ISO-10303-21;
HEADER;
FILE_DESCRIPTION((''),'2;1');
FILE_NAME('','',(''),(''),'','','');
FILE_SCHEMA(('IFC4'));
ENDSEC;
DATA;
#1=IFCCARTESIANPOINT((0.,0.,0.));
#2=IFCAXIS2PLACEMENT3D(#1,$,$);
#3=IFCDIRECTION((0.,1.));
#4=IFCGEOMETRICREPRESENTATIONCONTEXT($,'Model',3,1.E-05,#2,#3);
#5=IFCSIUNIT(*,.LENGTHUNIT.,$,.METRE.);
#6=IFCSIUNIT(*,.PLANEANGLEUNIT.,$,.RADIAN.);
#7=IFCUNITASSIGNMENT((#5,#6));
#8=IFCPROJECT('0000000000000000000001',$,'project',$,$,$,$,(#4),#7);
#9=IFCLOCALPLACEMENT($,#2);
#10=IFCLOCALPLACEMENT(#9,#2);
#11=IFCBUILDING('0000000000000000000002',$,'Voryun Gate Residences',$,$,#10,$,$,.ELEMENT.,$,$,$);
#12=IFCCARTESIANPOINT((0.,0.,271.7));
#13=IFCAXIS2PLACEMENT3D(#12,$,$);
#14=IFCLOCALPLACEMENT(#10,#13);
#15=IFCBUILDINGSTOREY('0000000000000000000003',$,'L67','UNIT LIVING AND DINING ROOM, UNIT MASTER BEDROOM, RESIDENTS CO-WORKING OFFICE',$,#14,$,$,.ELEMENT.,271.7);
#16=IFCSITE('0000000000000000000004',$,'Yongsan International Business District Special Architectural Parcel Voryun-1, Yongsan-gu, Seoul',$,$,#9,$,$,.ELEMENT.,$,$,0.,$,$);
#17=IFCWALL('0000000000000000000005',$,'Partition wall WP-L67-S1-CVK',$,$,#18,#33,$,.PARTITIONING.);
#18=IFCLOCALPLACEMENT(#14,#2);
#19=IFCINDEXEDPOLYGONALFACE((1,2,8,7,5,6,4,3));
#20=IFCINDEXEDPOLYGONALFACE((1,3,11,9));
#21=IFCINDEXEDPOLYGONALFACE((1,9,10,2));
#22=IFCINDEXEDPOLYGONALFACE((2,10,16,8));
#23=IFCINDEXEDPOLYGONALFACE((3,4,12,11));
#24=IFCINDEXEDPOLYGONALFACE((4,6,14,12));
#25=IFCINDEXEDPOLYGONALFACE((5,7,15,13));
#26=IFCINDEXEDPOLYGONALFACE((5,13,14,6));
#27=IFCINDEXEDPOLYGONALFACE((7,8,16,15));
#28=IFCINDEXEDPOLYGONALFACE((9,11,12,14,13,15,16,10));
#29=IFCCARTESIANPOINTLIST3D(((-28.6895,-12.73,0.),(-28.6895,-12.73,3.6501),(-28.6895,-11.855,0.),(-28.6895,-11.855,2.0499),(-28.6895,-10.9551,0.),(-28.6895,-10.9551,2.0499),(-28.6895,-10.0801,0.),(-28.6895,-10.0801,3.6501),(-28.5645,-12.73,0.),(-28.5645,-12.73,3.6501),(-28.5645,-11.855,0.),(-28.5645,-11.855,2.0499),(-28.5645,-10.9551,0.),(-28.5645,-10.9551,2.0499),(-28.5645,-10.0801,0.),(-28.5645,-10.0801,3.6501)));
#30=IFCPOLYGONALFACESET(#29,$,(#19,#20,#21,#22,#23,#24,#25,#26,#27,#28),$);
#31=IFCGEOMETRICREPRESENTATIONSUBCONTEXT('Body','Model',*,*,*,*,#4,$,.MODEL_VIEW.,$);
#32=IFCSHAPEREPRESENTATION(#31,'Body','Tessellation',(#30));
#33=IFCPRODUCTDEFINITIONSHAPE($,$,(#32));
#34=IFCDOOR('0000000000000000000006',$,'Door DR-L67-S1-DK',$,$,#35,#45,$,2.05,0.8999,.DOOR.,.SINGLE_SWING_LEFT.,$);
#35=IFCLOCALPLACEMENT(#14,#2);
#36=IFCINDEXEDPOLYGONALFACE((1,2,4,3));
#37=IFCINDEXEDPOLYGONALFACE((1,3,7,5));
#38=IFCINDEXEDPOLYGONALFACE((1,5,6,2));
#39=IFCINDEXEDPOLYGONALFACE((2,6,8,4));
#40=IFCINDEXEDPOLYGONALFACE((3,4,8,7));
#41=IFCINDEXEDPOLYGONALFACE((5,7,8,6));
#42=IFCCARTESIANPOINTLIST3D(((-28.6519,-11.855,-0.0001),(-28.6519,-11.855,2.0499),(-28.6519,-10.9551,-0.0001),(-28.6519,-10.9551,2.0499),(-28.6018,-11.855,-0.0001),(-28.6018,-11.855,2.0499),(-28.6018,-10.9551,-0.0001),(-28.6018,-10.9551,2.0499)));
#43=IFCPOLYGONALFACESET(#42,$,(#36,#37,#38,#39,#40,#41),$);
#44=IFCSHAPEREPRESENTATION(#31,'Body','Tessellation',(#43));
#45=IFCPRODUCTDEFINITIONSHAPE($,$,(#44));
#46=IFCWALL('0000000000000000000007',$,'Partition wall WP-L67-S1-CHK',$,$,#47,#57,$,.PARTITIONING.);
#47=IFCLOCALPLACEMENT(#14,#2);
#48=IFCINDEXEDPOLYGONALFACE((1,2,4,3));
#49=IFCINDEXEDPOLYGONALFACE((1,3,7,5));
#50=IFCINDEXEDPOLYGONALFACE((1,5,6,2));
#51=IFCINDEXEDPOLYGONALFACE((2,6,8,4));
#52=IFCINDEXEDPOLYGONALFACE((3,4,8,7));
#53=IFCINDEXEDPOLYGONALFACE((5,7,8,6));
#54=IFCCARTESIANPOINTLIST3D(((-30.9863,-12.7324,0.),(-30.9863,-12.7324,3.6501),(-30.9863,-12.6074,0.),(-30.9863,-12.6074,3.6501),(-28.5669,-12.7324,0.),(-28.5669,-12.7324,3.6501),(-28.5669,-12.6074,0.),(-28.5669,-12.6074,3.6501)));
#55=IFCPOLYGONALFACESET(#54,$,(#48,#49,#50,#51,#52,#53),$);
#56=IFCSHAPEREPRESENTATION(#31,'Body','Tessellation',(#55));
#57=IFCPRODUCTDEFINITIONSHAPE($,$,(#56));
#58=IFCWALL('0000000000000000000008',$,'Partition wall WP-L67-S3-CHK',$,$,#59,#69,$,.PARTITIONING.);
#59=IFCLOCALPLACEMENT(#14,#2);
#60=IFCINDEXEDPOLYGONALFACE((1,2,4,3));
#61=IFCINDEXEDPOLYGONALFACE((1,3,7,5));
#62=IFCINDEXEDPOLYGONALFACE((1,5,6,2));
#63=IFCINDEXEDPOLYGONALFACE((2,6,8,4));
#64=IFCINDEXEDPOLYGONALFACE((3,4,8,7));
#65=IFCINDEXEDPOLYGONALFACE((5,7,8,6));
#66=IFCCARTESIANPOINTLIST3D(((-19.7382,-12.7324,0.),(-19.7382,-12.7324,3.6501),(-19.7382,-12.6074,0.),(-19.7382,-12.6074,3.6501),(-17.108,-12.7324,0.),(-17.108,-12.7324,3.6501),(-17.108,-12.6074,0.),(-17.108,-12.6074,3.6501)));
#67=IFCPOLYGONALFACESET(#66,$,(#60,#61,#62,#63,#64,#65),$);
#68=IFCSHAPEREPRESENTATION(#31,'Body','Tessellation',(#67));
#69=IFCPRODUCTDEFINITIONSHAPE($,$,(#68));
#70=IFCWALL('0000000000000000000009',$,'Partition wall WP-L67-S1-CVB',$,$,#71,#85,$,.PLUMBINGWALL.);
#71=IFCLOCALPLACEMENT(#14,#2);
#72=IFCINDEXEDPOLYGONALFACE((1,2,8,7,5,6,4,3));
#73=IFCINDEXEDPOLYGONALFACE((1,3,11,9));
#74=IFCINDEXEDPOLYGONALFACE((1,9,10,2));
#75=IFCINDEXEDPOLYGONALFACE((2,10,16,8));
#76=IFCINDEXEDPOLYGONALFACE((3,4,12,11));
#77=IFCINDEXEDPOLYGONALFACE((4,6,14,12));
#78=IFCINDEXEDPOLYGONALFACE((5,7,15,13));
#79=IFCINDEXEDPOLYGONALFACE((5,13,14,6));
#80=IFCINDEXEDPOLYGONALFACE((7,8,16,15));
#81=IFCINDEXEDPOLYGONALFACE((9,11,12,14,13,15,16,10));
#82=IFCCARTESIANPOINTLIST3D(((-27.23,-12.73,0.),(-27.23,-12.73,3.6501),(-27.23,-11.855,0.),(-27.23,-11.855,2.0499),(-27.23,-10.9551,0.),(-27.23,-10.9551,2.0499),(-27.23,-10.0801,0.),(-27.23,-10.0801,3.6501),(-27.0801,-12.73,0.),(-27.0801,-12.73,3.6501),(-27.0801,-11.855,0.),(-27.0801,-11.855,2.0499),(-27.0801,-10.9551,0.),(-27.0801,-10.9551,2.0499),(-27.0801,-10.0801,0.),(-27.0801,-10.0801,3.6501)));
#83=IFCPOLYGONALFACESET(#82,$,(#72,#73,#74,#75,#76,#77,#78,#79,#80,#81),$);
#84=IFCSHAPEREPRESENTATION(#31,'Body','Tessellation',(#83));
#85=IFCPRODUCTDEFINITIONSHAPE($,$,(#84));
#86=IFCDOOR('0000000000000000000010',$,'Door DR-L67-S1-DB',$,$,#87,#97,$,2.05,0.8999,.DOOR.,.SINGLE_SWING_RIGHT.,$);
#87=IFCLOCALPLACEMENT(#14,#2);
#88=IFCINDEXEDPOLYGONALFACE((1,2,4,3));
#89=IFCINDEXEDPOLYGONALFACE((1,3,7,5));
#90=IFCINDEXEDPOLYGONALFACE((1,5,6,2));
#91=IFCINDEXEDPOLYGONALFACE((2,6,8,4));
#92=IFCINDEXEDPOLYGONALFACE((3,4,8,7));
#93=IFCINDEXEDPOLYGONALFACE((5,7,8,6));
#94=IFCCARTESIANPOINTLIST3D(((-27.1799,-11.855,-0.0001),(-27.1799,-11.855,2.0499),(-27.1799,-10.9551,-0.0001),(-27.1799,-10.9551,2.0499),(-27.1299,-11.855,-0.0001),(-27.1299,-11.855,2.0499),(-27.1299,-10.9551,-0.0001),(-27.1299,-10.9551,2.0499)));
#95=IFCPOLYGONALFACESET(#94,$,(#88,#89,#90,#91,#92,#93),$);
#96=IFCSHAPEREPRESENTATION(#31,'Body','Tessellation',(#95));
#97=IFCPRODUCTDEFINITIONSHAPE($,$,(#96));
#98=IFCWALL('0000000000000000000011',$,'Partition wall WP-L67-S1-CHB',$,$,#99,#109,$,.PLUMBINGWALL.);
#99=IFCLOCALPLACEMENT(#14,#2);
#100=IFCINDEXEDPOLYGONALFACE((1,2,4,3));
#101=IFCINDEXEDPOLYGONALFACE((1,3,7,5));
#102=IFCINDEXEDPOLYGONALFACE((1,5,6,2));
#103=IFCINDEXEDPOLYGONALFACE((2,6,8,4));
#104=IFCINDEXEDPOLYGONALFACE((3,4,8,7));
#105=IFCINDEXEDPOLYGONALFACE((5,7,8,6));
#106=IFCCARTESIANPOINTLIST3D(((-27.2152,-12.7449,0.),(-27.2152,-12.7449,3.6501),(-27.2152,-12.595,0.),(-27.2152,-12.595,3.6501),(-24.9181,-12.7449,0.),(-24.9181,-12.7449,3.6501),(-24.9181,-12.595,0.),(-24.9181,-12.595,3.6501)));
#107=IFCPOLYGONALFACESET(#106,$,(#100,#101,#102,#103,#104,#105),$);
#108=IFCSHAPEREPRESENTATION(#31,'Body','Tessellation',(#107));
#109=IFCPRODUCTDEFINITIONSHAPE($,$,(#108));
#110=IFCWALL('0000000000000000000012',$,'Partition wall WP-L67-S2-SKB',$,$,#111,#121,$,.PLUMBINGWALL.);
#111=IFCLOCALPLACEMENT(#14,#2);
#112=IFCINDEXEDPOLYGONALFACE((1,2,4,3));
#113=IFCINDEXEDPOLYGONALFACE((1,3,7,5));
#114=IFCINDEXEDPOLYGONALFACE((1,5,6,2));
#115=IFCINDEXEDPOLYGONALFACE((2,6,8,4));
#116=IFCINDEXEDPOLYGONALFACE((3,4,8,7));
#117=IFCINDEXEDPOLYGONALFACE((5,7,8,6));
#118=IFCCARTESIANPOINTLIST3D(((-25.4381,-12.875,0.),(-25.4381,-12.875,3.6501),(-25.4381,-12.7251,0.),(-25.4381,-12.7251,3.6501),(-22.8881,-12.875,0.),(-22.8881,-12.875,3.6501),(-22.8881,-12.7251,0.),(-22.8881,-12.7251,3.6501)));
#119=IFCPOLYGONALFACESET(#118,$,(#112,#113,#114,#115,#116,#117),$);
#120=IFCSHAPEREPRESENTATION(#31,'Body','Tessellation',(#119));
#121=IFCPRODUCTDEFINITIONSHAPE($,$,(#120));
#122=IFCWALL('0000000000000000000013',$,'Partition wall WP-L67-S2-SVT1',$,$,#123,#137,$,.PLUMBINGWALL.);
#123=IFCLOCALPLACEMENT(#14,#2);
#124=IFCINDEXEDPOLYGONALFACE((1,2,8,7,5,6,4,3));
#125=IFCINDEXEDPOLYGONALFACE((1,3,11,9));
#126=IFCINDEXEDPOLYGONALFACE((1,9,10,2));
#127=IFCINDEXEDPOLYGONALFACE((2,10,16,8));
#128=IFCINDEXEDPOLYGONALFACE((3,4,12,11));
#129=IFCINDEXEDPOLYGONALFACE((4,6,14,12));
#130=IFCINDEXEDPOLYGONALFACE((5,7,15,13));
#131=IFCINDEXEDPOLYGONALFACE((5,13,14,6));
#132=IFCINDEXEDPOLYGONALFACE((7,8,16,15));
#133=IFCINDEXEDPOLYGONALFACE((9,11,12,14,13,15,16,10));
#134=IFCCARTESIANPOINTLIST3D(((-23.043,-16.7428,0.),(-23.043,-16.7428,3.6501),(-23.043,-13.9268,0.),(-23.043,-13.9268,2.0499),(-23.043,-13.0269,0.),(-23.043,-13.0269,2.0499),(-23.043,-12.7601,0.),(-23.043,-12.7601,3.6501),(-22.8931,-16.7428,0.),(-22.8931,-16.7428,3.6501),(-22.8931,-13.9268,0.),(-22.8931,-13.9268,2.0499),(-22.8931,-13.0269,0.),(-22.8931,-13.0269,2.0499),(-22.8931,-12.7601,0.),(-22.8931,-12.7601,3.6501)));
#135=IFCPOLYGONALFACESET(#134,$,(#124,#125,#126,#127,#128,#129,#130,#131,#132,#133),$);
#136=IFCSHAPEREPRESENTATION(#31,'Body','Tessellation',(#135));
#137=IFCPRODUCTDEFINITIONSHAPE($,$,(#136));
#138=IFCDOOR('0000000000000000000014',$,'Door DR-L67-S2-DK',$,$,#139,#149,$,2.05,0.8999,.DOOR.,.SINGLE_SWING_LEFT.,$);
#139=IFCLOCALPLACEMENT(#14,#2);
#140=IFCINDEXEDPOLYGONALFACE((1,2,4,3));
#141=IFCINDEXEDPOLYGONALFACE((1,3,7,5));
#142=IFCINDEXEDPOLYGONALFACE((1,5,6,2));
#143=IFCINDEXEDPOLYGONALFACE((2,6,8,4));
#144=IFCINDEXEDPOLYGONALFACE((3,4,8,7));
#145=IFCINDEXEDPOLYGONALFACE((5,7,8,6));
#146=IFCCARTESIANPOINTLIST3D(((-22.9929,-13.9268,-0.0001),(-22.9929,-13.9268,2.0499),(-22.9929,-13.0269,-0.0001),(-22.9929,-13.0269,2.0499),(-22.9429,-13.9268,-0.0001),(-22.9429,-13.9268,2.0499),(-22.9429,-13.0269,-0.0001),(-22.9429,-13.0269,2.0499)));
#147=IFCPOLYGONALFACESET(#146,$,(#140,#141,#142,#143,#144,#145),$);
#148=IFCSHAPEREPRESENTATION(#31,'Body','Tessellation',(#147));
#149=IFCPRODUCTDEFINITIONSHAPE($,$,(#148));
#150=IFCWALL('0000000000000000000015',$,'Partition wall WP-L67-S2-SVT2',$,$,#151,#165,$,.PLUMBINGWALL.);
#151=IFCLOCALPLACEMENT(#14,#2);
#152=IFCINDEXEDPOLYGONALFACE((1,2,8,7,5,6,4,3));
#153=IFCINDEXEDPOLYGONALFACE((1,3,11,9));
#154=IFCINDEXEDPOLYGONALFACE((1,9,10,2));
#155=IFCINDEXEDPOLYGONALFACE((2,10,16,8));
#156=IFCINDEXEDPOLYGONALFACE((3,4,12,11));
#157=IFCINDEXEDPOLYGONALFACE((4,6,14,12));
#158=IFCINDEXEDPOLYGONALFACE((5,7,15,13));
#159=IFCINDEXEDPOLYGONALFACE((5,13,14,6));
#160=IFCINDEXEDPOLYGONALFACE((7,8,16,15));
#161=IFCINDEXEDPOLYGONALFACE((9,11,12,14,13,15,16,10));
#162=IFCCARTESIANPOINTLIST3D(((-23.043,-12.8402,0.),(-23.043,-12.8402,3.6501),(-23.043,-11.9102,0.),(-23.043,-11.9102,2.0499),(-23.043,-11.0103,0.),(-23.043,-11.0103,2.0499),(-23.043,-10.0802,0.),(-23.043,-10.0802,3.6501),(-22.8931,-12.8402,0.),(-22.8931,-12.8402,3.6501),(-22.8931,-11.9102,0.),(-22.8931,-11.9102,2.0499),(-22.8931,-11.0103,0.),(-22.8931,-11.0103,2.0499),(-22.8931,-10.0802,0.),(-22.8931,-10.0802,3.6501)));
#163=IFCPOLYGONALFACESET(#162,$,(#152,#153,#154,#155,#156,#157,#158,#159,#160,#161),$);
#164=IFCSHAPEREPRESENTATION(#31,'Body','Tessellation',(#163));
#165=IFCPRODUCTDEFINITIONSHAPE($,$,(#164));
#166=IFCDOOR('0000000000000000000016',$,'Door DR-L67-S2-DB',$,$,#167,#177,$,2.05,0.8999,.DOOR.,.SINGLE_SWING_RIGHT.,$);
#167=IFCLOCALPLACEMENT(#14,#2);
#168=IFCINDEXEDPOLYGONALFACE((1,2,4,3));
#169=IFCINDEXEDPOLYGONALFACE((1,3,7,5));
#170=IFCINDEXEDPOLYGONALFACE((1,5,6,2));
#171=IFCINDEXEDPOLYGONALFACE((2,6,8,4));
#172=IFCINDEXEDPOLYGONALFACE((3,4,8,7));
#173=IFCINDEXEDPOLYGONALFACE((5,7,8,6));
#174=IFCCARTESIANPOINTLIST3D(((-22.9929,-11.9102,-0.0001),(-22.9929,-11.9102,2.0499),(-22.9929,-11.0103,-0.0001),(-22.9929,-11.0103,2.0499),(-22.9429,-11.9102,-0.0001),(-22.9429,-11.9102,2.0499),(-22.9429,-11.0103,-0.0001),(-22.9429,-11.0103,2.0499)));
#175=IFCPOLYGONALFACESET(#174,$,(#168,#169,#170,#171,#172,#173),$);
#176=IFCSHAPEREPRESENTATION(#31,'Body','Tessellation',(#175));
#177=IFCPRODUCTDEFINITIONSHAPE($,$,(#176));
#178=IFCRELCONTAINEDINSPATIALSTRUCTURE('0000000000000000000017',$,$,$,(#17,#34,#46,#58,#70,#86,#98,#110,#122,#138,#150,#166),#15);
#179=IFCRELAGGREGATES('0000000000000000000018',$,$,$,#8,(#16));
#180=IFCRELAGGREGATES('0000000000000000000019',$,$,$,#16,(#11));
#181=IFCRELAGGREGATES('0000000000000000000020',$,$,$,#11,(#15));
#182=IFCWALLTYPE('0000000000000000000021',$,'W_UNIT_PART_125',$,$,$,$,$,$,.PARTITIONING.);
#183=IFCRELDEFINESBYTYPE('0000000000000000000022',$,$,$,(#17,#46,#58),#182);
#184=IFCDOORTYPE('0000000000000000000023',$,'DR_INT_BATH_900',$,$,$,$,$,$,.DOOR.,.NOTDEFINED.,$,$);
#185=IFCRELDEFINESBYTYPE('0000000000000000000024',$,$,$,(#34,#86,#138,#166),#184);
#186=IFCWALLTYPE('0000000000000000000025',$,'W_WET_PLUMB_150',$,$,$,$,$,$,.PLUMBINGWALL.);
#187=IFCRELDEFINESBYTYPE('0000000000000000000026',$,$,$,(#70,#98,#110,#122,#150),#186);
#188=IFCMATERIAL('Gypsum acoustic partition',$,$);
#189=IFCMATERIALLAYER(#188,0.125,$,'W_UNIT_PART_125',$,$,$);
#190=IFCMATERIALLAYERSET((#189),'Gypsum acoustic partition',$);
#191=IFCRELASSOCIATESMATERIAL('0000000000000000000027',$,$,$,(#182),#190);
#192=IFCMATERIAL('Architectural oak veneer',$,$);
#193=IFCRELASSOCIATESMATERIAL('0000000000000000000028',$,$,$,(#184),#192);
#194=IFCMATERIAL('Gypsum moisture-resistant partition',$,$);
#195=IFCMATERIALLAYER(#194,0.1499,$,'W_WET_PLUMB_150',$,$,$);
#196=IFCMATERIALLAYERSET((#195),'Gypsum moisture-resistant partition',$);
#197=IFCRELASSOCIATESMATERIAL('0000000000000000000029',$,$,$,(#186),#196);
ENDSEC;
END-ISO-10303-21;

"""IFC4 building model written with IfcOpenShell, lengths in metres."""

from ifc_helpers import new_model, si_unit, direction, frame, frame_2d, origin, place, context, subcontext, project, spatial, rectangle, extrude, material, layer, layer_set, type_object, element, fill, save


model = new_model("IFC4")

# Units and contexts
model_context = context("Model", 3, precision=1e-05, world=origin(), true_north=direction((0.0, 1.0)))
body_context = subcontext(model_context, "Body", "Model", "MODEL_VIEW")
ifc_project = project(units=[si_unit("LENGTHUNIT", "METRE"), si_unit("PLANEANGLEUNIT", "RADIAN")], contexts=[model_context])

# Site, building, storey
site_placement = place(None, origin())
site = spatial("IfcSite", under=ifc_project, at=site_placement, Name="Yongsan International Business District Special Architectural Parcel Voryun-1, Yongsan-gu, Seoul", CompositionType="ELEMENT", RefElevation=0.0)
building_placement = place(site_placement, origin())
building = spatial("IfcBuilding", under=site, at=building_placement, Name="Voryun Gate Residences", CompositionType="ELEMENT")
storey_placement = place(building_placement, frame((0.0, 0.0, 271.7)))
storey = spatial("IfcBuildingStorey", under=building, at=storey_placement, Name="L67", Description="UNIT LIVING AND DINING ROOM, UNIT MASTER BEDROOM, RESIDENTS CO-WORKING OFFICE", CompositionType="ELEMENT", Elevation=271.7)

# Wall, opening, door
ifc_material_1 = material(Name="Gypsum acoustic partition")
ifc_layer_1 = layer(ifc_material_1, 0.125, Name="W_UNIT_PART_125")
ifc_layer_set_1 = layer_set([ifc_layer_1], Name="Gypsum acoustic partition")
wall_type_1 = type_object("IfcWallType", Name="W_UNIT_PART_125", PredefinedType="PARTITIONING", material=ifc_layer_set_1)
wall_1_placement = place(storey_placement, frame((-28.627, -12.73, 0.0), z_axis=(0.0, 0.0, 1.0), x_axis=(0.0, 1.0, 0.0)))
wall_1 = element("IfcWall", 1, at=wall_1_placement, inside=storey, type_object=wall_type_1, Name="Partition wall WP-L67-S1-CVK", PredefinedType="PARTITIONING", context=body_context, shape_type="SweptSolid", body=[
    extrude(rectangle(XDim=2.6499, YDim=0.125, at=frame_2d((1.325, 0.0))), origin(), (0.0, 0.0, 1.0), 3.6501),
])
opening_1_placement = place(wall_1_placement, frame((0.875, 0.0, 0.0)))
opening_1 = element("IfcOpeningElement", 2, at=opening_1_placement, cuts=wall_1, PredefinedType="OPENING", context=body_context, shape_type="SweptSolid", body=[
    extrude(rectangle(XDim=0.8999, YDim=2.05, at=frame_2d((0.45, 1.0249))), frame((0.0, 0.0725, 0.0), z_axis=(0.0, -1.0, 0.0), x_axis=(1.0, 0.0, 0.0)), (0.0, 0.0, 1.0), 0.145),
])
ifc_material_2 = material(Name="Architectural oak veneer")
door_type = type_object("IfcDoorType", Name="DR_INT_BATH_900", OperationType="NOTDEFINED", PredefinedType="DOOR", material=ifc_material_2)
door_1_placement = place(opening_1_placement, origin())
door_1 = element("IfcDoor", 3, at=door_1_placement, inside=storey, type_object=door_type, Name="Door DR-L67-S1-DK", OperationType="SINGLE_SWING_LEFT", OverallHeight=2.05, OverallWidth=0.8999, PredefinedType="DOOR", context=body_context, shape_type="SweptSolid", body=[
    extrude(rectangle(XDim=0.8999, YDim=2.05, at=frame_2d((0.45, 1.0249))), frame((0.0, 0.0249, 0.0), z_axis=(0.0, -1.0, 0.0), x_axis=(1.0, 0.0, 0.0)), (0.0, 0.0, 1.0), 0.05),
])
fill(opening_1, door_1)

# Walls
wall_2_placement = place(storey_placement, frame((-30.9863, -12.6699, 0.0), z_axis=(0.0, 0.0, 1.0), x_axis=(1.0, 0.0, 0.0)))
element("IfcWall", 4, at=wall_2_placement, inside=storey, type_object=wall_type_1, Name="Partition wall WP-L67-S1-CHK", PredefinedType="PARTITIONING", context=body_context, shape_type="SweptSolid", body=[
    extrude(rectangle(XDim=2.4194, YDim=0.125, at=frame_2d((1.2097, 0.0))), origin(), (0.0, 0.0, 1.0), 3.6501),
])
wall_3_placement = place(storey_placement, frame((-19.738, -12.6699, 0.0), z_axis=(0.0, 0.0, 1.0), x_axis=(1.0, 0.0, 0.0)))
element("IfcWall", 5, at=wall_3_placement, inside=storey, type_object=wall_type_1, Name="Partition wall WP-L67-S3-CHK", PredefinedType="PARTITIONING", context=body_context, shape_type="SweptSolid", body=[
    extrude(rectangle(XDim=2.6301, YDim=0.125, at=frame_2d((1.3149, 0.0))), origin(), (0.0, 0.0, 1.0), 3.6501),
])

# Wall, opening, door
ifc_material_3 = material(Name="Gypsum moisture-resistant partition")
ifc_layer_2 = layer(ifc_material_3, 0.1499, Name="W_WET_PLUMB_150")
ifc_layer_set_2 = layer_set([ifc_layer_2], Name="Gypsum moisture-resistant partition")
wall_type_2 = type_object("IfcWallType", Name="W_WET_PLUMB_150", PredefinedType="PLUMBINGWALL", material=ifc_layer_set_2)
wall_4_placement = place(storey_placement, frame((-27.155, -12.73, 0.0), z_axis=(0.0, 0.0, 1.0), x_axis=(0.0, 1.0, 0.0)))
wall_4 = element("IfcWall", 6, at=wall_4_placement, inside=storey, type_object=wall_type_2, Name="Partition wall WP-L67-S1-CVB", PredefinedType="PLUMBINGWALL", context=body_context, shape_type="SweptSolid", body=[
    extrude(rectangle(XDim=2.6499, YDim=0.1499, at=frame_2d((1.325, 0.0))), origin(), (0.0, 0.0, 1.0), 3.6501),
])
opening_2_placement = place(wall_4_placement, frame((0.875, 0.0, 0.0)))
opening_2 = element("IfcOpeningElement", 7, at=opening_2_placement, cuts=wall_4, PredefinedType="OPENING", context=body_context, shape_type="SweptSolid", body=[
    extrude(rectangle(XDim=0.8999, YDim=2.05, at=frame_2d((0.45, 1.0249))), frame((0.0, 0.085, 0.0), z_axis=(0.0, -1.0, 0.0), x_axis=(1.0, 0.0, 0.0)), (0.0, 0.0, 1.0), 0.1699),
])
door_2_placement = place(opening_2_placement, origin())
door_2 = element("IfcDoor", 8, at=door_2_placement, inside=storey, type_object=door_type, Name="Door DR-L67-S1-DB", OperationType="SINGLE_SWING_RIGHT", OverallHeight=2.05, OverallWidth=0.8999, PredefinedType="DOOR", context=body_context, shape_type="SweptSolid", body=[
    extrude(rectangle(XDim=0.8999, YDim=2.05, at=frame_2d((0.45, 1.0249))), frame((0.0, 0.0249, 0.0), z_axis=(0.0, -1.0, 0.0), x_axis=(1.0, 0.0, 0.0)), (0.0, 0.0, 1.0), 0.05),
])
fill(opening_2, door_2)

# Walls
wall_5_placement = place(storey_placement, frame((-27.2151, -12.6699, 0.0), z_axis=(0.0, 0.0, 1.0), x_axis=(1.0, 0.0, 0.0)))
element("IfcWall", 9, at=wall_5_placement, inside=storey, type_object=wall_type_2, Name="Partition wall WP-L67-S1-CHB", PredefinedType="PLUMBINGWALL", context=body_context, shape_type="SweptSolid", body=[
    extrude(rectangle(XDim=2.2971, YDim=0.1499, at=frame_2d((1.1484, 0.0))), origin(), (0.0, 0.0, 1.0), 3.6501),
])
wall_6_placement = place(storey_placement, frame((-25.438, -12.8, 0.0), z_axis=(0.0, 0.0, 1.0), x_axis=(1.0, 0.0, 0.0)))
element("IfcWall", 10, at=wall_6_placement, inside=storey, type_object=wall_type_2, Name="Partition wall WP-L67-S2-SKB", PredefinedType="PLUMBINGWALL", context=body_context, shape_type="SweptSolid", body=[
    extrude(rectangle(XDim=2.55, YDim=0.1499, at=frame_2d((1.2749, 0.0))), origin(), (0.0, 0.0, 1.0), 3.6501),
])

# Walls, openings, doors
wall_7_placement = place(storey_placement, frame((-22.968, -16.7427, 0.0), z_axis=(0.0, 0.0, 1.0), x_axis=(0.0, 1.0, 0.0)))
wall_7 = element("IfcWall", 11, at=wall_7_placement, inside=storey, type_object=wall_type_2, Name="Partition wall WP-L67-S2-SVT1", PredefinedType="PLUMBINGWALL", context=body_context, shape_type="SweptSolid", body=[
    extrude(rectangle(XDim=3.9827, YDim=0.1499, at=frame_2d((1.9912, 0.0))), origin(), (0.0, 0.0, 1.0), 3.6501),
])
opening_3_placement = place(wall_7_placement, frame((2.8159, 0.0, 0.0)))
opening_3 = element("IfcOpeningElement", 12, at=opening_3_placement, cuts=wall_7, PredefinedType="OPENING", context=body_context, shape_type="SweptSolid", body=[
    extrude(rectangle(XDim=0.8999, YDim=2.05, at=frame_2d((0.45, 1.0249))), frame((0.0, 0.085, 0.0), z_axis=(0.0, -1.0, 0.0), x_axis=(1.0, 0.0, 0.0)), (0.0, 0.0, 1.0), 0.1699),
])
door_3_placement = place(opening_3_placement, origin())
door_3 = element("IfcDoor", 13, at=door_3_placement, inside=storey, type_object=door_type, Name="Door DR-L67-S2-DK", OperationType="SINGLE_SWING_LEFT", OverallHeight=2.05, OverallWidth=0.8999, PredefinedType="DOOR", context=body_context, shape_type="SweptSolid", body=[
    extrude(rectangle(XDim=0.8999, YDim=2.05, at=frame_2d((0.45, 1.0249))), frame((0.0, 0.0249, 0.0), z_axis=(0.0, -1.0, 0.0), x_axis=(1.0, 0.0, 0.0)), (0.0, 0.0, 1.0), 0.05),
])
fill(opening_3, door_3)
wall_8_placement = place(storey_placement, frame((-22.968, -12.8401, 0.0), z_axis=(0.0, 0.0, 1.0), x_axis=(0.0, 1.0, 0.0)))
wall_8 = element("IfcWall", 14, at=wall_8_placement, inside=storey, type_object=wall_type_2, Name="Partition wall WP-L67-S2-SVT2", PredefinedType="PLUMBINGWALL", context=body_context, shape_type="SweptSolid", body=[
    extrude(rectangle(XDim=2.76, YDim=0.1499, at=frame_2d((1.3799, 0.0))), origin(), (0.0, 0.0, 1.0), 3.6501),
])
opening_4_placement = place(wall_8_placement, frame((0.9299, 0.0, 0.0)))
opening_4 = element("IfcOpeningElement", 15, at=opening_4_placement, cuts=wall_8, PredefinedType="OPENING", context=body_context, shape_type="SweptSolid", body=[
    extrude(rectangle(XDim=0.8999, YDim=2.05, at=frame_2d((0.45, 1.0249))), frame((0.0, 0.085, 0.0), z_axis=(0.0, -1.0, 0.0), x_axis=(1.0, 0.0, 0.0)), (0.0, 0.0, 1.0), 0.1699),
])
door_4_placement = place(opening_4_placement, origin())
door_4 = element("IfcDoor", 16, at=door_4_placement, inside=storey, type_object=door_type, Name="Door DR-L67-S2-DB", OperationType="SINGLE_SWING_RIGHT", OverallHeight=2.05, OverallWidth=0.8999, PredefinedType="DOOR", context=body_context, shape_type="SweptSolid", body=[
    extrude(rectangle(XDim=0.8999, YDim=2.05, at=frame_2d((0.45, 1.0249))), frame((0.0, 0.0249, 0.0), z_axis=(0.0, -1.0, 0.0), x_axis=(1.0, 0.0, 0.0)), (0.0, 0.0, 1.0), 0.05),
])
fill(opening_4, door_4)

save(model, "model.ifc")
